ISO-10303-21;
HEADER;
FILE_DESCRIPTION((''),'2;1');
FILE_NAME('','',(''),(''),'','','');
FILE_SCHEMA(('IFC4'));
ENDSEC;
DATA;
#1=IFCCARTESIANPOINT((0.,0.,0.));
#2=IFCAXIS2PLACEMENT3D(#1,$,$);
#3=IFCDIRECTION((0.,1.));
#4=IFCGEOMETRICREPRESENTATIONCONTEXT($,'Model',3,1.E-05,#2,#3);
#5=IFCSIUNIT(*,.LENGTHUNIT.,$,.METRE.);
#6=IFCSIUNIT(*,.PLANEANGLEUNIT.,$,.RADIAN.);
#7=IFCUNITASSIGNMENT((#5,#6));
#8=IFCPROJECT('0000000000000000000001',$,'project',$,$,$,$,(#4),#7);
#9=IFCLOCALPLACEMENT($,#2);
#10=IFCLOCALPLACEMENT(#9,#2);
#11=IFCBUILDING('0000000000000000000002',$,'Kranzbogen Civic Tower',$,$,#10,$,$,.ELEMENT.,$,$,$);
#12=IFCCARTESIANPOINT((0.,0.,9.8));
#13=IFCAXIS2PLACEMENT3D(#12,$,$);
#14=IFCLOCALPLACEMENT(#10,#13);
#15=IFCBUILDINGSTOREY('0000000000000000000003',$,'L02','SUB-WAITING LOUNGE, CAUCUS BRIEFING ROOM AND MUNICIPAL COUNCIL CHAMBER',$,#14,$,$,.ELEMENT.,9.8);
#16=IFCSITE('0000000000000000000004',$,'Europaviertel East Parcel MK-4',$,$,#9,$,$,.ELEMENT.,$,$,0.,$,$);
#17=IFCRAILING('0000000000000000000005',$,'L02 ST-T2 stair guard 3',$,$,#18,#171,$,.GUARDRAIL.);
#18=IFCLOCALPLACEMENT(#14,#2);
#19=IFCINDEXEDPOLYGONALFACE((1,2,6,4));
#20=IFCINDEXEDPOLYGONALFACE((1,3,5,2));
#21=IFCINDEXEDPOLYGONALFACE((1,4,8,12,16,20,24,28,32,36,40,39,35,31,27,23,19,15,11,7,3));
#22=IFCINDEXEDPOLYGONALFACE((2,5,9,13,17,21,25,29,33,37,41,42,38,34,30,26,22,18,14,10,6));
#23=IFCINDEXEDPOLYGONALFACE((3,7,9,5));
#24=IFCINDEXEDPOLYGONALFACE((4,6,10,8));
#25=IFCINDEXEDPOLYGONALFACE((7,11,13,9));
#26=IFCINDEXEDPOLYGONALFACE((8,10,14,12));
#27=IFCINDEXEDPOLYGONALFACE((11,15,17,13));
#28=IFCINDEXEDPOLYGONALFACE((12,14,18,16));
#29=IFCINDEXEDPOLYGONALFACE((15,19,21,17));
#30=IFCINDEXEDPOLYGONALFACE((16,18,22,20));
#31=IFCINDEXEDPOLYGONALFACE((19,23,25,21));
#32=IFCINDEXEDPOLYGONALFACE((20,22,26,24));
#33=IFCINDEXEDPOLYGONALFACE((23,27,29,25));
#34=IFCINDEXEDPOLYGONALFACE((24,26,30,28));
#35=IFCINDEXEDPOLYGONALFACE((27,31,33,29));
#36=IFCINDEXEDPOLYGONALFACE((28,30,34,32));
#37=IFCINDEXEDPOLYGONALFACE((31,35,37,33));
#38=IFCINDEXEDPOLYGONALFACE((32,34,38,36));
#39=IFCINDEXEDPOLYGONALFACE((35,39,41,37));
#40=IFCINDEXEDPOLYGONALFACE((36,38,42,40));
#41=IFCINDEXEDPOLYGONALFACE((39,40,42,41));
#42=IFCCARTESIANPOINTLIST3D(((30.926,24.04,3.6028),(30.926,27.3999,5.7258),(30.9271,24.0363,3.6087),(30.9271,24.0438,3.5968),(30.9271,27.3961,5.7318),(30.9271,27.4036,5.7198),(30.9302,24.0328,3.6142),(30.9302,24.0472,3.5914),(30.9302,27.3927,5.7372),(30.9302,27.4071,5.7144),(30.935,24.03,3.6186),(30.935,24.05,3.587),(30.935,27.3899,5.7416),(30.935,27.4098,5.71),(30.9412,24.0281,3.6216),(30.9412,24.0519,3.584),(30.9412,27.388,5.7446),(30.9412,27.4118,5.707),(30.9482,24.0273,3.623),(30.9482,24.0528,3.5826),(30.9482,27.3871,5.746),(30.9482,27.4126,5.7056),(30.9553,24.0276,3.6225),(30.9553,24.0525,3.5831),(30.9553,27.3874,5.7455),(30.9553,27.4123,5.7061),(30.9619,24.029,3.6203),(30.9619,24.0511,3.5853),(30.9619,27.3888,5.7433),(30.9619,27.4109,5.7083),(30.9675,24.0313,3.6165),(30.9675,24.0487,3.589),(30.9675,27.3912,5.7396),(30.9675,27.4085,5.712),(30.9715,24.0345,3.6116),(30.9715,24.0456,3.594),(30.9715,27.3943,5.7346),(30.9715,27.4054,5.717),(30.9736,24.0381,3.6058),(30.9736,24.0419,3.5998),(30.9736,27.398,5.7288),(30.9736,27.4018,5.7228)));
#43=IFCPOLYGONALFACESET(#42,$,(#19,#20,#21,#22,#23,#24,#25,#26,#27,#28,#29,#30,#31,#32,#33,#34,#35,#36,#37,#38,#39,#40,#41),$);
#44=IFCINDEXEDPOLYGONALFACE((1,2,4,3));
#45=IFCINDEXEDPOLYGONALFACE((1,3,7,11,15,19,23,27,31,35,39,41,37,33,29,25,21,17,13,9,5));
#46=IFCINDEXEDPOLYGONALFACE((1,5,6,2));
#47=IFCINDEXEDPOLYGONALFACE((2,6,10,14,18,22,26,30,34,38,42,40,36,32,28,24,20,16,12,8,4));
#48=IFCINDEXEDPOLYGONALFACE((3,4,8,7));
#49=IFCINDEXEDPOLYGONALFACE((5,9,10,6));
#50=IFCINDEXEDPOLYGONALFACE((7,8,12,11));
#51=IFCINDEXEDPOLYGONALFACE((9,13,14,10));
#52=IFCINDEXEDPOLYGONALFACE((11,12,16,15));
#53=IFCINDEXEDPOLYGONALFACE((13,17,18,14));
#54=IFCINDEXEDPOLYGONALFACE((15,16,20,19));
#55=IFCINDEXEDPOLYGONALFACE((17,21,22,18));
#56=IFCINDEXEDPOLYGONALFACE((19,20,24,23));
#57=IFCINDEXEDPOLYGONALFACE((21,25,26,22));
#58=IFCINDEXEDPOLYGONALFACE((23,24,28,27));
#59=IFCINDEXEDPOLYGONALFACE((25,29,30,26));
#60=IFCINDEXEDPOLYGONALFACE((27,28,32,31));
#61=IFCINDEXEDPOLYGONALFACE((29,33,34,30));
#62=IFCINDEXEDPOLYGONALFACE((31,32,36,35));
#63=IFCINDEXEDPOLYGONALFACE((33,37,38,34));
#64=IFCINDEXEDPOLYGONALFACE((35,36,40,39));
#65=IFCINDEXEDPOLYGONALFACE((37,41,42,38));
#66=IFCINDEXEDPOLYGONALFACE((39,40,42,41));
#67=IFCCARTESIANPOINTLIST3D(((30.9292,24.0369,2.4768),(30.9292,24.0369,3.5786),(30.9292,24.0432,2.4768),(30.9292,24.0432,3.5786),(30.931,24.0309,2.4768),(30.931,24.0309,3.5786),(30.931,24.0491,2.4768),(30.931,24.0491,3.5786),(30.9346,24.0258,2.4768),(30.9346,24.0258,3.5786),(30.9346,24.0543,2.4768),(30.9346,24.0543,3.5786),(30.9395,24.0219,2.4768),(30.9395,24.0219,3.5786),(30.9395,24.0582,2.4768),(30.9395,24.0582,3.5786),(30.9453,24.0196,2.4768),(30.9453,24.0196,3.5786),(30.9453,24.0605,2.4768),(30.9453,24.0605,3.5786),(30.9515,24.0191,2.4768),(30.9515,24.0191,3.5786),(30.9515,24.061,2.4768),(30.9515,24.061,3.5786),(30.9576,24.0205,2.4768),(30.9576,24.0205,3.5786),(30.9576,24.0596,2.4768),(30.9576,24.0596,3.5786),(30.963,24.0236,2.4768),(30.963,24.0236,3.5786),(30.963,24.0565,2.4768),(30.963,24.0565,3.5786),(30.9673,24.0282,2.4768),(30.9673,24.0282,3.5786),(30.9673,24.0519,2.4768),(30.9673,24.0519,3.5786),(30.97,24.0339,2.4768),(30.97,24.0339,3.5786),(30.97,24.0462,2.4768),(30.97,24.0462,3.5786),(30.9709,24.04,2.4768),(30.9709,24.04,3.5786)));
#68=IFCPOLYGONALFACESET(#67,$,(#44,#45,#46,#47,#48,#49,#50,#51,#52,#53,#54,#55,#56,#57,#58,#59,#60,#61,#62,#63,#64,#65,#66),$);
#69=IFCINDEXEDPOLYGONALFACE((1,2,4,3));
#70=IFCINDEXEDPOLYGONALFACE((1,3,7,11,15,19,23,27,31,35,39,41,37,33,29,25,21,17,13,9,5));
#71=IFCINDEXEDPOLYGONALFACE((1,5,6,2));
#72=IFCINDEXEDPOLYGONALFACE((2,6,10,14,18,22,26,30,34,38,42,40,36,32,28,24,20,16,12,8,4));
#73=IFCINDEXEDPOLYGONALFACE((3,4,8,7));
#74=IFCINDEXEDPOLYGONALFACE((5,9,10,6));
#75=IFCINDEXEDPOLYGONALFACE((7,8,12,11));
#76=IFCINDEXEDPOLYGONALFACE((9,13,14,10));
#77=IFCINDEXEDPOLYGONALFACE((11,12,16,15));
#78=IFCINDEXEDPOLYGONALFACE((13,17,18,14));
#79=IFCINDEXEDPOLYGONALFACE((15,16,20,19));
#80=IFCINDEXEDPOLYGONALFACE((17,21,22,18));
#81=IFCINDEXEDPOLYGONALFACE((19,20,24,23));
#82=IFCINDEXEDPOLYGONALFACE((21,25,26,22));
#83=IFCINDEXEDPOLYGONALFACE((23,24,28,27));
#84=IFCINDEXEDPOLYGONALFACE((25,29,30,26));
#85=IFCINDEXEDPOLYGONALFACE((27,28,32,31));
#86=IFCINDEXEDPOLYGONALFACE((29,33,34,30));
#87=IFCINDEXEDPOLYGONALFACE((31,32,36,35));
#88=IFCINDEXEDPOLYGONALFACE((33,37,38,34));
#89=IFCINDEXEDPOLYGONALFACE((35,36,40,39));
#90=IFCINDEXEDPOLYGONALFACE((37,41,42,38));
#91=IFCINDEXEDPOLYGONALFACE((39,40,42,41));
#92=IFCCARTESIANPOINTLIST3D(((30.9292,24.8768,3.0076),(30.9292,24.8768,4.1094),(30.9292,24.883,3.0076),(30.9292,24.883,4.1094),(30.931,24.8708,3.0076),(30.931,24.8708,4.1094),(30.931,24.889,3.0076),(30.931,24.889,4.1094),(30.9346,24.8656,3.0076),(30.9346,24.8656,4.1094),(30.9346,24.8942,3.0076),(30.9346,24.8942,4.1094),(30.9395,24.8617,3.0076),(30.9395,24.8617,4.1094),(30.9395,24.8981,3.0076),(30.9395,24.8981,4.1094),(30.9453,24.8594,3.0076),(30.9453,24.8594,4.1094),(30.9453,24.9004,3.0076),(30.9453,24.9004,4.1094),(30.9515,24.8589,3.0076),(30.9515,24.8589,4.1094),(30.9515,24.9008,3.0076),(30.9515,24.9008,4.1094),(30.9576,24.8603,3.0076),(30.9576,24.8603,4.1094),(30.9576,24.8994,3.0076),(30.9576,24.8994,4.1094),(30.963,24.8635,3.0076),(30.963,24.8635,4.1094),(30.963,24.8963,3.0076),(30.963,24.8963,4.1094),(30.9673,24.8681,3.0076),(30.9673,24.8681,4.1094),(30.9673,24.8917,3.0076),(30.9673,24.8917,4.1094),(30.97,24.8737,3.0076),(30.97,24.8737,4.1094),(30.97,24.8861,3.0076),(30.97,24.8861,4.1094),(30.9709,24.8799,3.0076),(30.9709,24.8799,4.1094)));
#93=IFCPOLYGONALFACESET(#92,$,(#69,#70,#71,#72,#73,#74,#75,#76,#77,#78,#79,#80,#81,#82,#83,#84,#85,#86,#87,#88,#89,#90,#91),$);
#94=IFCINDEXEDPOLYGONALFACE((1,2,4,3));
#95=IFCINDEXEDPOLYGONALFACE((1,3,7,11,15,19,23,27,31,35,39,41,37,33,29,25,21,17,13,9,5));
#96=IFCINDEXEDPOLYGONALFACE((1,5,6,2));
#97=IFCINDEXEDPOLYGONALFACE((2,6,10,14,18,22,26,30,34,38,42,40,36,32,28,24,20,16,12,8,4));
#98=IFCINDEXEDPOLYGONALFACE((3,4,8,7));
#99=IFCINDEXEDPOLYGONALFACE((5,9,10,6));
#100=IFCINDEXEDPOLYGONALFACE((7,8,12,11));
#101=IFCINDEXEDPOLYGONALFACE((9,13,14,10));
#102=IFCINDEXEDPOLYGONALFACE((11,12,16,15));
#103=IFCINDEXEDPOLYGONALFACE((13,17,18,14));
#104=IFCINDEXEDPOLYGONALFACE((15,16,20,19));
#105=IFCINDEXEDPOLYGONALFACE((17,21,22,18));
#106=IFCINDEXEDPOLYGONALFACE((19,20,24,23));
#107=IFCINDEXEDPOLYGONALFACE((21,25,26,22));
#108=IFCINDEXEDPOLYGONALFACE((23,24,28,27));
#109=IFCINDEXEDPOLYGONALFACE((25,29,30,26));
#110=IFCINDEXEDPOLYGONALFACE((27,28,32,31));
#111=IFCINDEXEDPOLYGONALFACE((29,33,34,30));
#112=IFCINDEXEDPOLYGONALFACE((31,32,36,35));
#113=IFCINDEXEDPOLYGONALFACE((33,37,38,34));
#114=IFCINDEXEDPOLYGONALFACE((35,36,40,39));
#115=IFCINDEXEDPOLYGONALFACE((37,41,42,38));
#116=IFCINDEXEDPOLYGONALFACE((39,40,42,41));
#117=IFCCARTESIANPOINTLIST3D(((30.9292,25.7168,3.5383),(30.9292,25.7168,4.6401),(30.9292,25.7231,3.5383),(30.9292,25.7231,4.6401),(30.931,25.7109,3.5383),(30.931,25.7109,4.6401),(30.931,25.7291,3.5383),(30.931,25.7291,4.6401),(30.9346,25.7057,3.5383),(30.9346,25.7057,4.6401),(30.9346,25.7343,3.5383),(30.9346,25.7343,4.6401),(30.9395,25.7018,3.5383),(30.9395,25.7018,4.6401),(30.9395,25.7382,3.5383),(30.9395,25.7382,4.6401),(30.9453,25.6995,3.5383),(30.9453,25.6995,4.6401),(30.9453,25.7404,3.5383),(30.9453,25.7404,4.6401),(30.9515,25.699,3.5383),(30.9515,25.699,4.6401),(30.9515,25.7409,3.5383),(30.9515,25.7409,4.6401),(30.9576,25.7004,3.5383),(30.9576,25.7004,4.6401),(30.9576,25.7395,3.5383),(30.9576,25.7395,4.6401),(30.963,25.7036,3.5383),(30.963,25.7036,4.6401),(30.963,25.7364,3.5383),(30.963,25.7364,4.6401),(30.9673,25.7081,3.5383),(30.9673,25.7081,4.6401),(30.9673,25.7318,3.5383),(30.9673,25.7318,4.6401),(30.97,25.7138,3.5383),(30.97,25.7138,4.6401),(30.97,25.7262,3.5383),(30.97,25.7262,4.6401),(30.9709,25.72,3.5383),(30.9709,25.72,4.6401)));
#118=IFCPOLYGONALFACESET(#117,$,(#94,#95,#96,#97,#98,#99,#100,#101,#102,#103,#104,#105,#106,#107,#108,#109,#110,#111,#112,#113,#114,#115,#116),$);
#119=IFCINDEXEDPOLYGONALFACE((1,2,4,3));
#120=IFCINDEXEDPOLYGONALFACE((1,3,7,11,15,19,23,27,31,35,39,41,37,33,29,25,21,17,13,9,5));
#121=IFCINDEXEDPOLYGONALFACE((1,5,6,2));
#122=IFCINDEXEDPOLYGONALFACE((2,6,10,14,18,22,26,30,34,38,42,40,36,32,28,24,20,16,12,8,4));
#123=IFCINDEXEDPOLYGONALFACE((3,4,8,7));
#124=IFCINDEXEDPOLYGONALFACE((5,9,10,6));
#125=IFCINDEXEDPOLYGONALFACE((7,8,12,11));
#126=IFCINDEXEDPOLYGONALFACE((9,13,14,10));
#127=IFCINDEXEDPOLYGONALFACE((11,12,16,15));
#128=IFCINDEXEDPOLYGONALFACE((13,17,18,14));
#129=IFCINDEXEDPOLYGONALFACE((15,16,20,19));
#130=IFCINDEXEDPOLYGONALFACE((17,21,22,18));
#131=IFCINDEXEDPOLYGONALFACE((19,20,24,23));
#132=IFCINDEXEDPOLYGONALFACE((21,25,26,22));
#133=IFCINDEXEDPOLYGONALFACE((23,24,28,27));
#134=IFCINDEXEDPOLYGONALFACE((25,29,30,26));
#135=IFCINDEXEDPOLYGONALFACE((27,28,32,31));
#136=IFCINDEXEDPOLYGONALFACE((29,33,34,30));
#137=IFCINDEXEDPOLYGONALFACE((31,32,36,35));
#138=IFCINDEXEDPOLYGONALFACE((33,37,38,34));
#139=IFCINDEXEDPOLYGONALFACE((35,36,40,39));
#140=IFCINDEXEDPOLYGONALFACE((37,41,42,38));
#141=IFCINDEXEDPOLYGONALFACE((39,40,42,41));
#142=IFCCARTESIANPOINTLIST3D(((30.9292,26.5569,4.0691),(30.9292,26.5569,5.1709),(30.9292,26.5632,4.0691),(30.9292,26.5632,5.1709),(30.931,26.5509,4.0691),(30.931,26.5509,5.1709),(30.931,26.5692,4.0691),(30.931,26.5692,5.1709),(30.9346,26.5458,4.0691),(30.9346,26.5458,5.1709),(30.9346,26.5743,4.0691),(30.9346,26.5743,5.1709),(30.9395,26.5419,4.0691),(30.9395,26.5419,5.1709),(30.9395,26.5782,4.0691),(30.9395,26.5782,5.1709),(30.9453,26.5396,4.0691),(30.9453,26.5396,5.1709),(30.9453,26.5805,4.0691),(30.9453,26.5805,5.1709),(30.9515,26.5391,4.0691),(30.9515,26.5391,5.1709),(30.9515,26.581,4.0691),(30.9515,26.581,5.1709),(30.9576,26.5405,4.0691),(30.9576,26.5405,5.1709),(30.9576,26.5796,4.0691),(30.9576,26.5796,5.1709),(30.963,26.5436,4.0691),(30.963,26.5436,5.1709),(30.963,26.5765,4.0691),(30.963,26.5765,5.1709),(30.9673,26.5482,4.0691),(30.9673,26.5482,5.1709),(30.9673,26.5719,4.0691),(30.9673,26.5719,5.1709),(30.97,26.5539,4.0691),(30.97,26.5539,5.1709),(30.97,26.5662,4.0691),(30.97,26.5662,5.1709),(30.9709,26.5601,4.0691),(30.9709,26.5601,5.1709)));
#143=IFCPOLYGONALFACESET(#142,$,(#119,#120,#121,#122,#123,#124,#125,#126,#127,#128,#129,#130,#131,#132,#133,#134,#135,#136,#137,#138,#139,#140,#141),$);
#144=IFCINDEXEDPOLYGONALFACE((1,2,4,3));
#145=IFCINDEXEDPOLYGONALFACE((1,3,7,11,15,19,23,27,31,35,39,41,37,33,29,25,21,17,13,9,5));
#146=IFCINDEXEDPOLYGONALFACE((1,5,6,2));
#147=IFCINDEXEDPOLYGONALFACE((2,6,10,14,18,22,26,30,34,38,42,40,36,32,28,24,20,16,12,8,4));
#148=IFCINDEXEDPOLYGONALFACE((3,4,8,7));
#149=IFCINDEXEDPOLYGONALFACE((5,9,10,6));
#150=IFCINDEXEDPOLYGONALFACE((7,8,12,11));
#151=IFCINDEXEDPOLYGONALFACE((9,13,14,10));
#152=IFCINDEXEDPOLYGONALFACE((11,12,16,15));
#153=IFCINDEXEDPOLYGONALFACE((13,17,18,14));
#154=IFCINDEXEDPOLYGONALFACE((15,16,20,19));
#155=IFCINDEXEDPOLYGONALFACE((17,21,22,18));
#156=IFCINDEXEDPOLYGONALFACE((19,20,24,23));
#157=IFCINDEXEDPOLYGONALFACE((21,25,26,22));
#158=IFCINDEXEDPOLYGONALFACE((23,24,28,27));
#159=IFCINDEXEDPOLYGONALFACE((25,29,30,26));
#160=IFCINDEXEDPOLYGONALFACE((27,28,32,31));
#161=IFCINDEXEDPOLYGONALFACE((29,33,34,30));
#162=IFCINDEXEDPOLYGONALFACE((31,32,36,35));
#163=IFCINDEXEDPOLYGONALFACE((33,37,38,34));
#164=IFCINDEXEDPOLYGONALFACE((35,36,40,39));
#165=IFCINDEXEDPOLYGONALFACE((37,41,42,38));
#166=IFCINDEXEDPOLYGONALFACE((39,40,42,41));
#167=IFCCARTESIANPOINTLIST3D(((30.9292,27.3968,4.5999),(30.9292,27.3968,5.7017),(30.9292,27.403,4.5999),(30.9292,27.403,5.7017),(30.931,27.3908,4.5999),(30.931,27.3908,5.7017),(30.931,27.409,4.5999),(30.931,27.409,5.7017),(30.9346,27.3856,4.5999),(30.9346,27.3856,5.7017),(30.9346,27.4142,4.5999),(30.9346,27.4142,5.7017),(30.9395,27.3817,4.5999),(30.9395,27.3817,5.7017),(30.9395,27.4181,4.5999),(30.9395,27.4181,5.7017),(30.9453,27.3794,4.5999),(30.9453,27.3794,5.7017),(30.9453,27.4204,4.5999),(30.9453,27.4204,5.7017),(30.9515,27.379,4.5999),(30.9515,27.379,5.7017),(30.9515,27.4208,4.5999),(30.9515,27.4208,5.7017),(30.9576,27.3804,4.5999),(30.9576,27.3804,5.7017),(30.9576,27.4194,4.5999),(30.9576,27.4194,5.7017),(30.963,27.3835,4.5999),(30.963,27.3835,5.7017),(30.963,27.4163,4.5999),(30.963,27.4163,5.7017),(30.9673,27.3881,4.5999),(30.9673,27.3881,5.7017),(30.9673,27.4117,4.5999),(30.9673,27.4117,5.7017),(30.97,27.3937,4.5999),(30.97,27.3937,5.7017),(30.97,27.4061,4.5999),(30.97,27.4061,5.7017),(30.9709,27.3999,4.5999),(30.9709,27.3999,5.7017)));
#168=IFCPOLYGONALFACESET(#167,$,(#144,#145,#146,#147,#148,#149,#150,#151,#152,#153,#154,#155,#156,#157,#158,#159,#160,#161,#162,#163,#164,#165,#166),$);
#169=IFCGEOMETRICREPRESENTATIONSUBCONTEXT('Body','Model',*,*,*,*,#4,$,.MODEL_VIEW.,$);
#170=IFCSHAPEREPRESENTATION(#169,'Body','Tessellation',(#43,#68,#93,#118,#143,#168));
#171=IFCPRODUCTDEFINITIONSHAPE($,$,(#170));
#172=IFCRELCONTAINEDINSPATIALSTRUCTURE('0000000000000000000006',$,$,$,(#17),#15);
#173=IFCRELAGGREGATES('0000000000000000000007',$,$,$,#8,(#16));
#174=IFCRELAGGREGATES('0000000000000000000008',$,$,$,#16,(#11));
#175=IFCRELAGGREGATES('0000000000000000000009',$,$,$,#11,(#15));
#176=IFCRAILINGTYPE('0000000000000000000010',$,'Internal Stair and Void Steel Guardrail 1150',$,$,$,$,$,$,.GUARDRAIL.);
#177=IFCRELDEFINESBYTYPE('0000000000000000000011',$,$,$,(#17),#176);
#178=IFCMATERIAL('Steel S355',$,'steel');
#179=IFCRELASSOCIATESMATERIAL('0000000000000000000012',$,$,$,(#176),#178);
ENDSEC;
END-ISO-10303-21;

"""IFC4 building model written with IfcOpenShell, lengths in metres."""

from ifc_helpers import new_model, si_unit, direction, frame, origin, origin_2d, place, context, subcontext, project, spatial, circle, extrude, material, type_object, element, save


model = new_model("IFC4")

# Units and contexts
model_context = context("Model", 3, precision=1e-05, world=origin(), true_north=direction((0.0, 1.0)))
body_context = subcontext(model_context, "Body", "Model", "MODEL_VIEW")
ifc_project = project(units=[si_unit("LENGTHUNIT", "METRE"), si_unit("PLANEANGLEUNIT", "RADIAN")], contexts=[model_context])

# Site, building, storey
site_placement = place(None, origin())
site = spatial("IfcSite", under=ifc_project, at=site_placement, Name="Europaviertel East Parcel MK-4", CompositionType="ELEMENT", RefElevation=0.0)
building_placement = place(site_placement, origin())
building = spatial("IfcBuilding", under=site, at=building_placement, Name="Kranzbogen Civic Tower", CompositionType="ELEMENT")
storey_placement = place(building_placement, frame((0.0, 0.0, 9.8)))
storey = spatial("IfcBuildingStorey", under=building, at=storey_placement, Name="L02", Description="SUB-WAITING LOUNGE, CAUCUS BRIEFING ROOM AND MUNICIPAL COUNCIL CHAMBER", CompositionType="ELEMENT", Elevation=9.8)

# Shared definitions
ifc_material_1 = material(Name="Steel S355", Category="steel")

# Railing
railing_type_1 = type_object("IfcRailingType", Name="Internal Stair and Void Steel Guardrail 1150", PredefinedType="GUARDRAIL", material=ifc_material_1)
railing_1_placement = place(storey_placement, frame((30.95, 24.04, 2.4768)))
element("IfcRailing", 1, at=railing_1_placement, inside=storey, type_object=railing_type_1, Name="L02 ST-T2 stair guard 3", PredefinedType="GUARDRAIL", context=body_context, shape_type="SweptSolid", body=[
    extrude(circle(Radius=0.0239, at=origin_2d()), frame((0.0, 0.0, 1.126), z_axis=(0.0, 0.845372, 0.534178), x_axis=(-1.0, 0.0, 0.0)), (0.0, 0.0, 1.0), 3.9744),
    extrude(circle(Radius=0.021, at=origin_2d()), origin(), (0.0, 0.0, 1.0), 1.1018),
    extrude(circle(Radius=0.021, at=origin_2d()), frame((0.0, 0.8398, 0.5308)), (0.0, 0.0, 1.0), 1.1018),
    extrude(circle(Radius=0.021, at=origin_2d()), frame((0.0, 1.6799, 1.0615)), (0.0, 0.0, 1.0), 1.1018),
    extrude(circle(Radius=0.021, at=origin_2d()), frame((0.0, 2.52, 1.5923)), (0.0, 0.0, 1.0), 1.1018),
    extrude(circle(Radius=0.021, at=origin_2d()), frame((0.0, 3.3599, 2.123)), (0.0, 0.0, 1.0), 1.1018),
])

save(model, "model.ifc")
